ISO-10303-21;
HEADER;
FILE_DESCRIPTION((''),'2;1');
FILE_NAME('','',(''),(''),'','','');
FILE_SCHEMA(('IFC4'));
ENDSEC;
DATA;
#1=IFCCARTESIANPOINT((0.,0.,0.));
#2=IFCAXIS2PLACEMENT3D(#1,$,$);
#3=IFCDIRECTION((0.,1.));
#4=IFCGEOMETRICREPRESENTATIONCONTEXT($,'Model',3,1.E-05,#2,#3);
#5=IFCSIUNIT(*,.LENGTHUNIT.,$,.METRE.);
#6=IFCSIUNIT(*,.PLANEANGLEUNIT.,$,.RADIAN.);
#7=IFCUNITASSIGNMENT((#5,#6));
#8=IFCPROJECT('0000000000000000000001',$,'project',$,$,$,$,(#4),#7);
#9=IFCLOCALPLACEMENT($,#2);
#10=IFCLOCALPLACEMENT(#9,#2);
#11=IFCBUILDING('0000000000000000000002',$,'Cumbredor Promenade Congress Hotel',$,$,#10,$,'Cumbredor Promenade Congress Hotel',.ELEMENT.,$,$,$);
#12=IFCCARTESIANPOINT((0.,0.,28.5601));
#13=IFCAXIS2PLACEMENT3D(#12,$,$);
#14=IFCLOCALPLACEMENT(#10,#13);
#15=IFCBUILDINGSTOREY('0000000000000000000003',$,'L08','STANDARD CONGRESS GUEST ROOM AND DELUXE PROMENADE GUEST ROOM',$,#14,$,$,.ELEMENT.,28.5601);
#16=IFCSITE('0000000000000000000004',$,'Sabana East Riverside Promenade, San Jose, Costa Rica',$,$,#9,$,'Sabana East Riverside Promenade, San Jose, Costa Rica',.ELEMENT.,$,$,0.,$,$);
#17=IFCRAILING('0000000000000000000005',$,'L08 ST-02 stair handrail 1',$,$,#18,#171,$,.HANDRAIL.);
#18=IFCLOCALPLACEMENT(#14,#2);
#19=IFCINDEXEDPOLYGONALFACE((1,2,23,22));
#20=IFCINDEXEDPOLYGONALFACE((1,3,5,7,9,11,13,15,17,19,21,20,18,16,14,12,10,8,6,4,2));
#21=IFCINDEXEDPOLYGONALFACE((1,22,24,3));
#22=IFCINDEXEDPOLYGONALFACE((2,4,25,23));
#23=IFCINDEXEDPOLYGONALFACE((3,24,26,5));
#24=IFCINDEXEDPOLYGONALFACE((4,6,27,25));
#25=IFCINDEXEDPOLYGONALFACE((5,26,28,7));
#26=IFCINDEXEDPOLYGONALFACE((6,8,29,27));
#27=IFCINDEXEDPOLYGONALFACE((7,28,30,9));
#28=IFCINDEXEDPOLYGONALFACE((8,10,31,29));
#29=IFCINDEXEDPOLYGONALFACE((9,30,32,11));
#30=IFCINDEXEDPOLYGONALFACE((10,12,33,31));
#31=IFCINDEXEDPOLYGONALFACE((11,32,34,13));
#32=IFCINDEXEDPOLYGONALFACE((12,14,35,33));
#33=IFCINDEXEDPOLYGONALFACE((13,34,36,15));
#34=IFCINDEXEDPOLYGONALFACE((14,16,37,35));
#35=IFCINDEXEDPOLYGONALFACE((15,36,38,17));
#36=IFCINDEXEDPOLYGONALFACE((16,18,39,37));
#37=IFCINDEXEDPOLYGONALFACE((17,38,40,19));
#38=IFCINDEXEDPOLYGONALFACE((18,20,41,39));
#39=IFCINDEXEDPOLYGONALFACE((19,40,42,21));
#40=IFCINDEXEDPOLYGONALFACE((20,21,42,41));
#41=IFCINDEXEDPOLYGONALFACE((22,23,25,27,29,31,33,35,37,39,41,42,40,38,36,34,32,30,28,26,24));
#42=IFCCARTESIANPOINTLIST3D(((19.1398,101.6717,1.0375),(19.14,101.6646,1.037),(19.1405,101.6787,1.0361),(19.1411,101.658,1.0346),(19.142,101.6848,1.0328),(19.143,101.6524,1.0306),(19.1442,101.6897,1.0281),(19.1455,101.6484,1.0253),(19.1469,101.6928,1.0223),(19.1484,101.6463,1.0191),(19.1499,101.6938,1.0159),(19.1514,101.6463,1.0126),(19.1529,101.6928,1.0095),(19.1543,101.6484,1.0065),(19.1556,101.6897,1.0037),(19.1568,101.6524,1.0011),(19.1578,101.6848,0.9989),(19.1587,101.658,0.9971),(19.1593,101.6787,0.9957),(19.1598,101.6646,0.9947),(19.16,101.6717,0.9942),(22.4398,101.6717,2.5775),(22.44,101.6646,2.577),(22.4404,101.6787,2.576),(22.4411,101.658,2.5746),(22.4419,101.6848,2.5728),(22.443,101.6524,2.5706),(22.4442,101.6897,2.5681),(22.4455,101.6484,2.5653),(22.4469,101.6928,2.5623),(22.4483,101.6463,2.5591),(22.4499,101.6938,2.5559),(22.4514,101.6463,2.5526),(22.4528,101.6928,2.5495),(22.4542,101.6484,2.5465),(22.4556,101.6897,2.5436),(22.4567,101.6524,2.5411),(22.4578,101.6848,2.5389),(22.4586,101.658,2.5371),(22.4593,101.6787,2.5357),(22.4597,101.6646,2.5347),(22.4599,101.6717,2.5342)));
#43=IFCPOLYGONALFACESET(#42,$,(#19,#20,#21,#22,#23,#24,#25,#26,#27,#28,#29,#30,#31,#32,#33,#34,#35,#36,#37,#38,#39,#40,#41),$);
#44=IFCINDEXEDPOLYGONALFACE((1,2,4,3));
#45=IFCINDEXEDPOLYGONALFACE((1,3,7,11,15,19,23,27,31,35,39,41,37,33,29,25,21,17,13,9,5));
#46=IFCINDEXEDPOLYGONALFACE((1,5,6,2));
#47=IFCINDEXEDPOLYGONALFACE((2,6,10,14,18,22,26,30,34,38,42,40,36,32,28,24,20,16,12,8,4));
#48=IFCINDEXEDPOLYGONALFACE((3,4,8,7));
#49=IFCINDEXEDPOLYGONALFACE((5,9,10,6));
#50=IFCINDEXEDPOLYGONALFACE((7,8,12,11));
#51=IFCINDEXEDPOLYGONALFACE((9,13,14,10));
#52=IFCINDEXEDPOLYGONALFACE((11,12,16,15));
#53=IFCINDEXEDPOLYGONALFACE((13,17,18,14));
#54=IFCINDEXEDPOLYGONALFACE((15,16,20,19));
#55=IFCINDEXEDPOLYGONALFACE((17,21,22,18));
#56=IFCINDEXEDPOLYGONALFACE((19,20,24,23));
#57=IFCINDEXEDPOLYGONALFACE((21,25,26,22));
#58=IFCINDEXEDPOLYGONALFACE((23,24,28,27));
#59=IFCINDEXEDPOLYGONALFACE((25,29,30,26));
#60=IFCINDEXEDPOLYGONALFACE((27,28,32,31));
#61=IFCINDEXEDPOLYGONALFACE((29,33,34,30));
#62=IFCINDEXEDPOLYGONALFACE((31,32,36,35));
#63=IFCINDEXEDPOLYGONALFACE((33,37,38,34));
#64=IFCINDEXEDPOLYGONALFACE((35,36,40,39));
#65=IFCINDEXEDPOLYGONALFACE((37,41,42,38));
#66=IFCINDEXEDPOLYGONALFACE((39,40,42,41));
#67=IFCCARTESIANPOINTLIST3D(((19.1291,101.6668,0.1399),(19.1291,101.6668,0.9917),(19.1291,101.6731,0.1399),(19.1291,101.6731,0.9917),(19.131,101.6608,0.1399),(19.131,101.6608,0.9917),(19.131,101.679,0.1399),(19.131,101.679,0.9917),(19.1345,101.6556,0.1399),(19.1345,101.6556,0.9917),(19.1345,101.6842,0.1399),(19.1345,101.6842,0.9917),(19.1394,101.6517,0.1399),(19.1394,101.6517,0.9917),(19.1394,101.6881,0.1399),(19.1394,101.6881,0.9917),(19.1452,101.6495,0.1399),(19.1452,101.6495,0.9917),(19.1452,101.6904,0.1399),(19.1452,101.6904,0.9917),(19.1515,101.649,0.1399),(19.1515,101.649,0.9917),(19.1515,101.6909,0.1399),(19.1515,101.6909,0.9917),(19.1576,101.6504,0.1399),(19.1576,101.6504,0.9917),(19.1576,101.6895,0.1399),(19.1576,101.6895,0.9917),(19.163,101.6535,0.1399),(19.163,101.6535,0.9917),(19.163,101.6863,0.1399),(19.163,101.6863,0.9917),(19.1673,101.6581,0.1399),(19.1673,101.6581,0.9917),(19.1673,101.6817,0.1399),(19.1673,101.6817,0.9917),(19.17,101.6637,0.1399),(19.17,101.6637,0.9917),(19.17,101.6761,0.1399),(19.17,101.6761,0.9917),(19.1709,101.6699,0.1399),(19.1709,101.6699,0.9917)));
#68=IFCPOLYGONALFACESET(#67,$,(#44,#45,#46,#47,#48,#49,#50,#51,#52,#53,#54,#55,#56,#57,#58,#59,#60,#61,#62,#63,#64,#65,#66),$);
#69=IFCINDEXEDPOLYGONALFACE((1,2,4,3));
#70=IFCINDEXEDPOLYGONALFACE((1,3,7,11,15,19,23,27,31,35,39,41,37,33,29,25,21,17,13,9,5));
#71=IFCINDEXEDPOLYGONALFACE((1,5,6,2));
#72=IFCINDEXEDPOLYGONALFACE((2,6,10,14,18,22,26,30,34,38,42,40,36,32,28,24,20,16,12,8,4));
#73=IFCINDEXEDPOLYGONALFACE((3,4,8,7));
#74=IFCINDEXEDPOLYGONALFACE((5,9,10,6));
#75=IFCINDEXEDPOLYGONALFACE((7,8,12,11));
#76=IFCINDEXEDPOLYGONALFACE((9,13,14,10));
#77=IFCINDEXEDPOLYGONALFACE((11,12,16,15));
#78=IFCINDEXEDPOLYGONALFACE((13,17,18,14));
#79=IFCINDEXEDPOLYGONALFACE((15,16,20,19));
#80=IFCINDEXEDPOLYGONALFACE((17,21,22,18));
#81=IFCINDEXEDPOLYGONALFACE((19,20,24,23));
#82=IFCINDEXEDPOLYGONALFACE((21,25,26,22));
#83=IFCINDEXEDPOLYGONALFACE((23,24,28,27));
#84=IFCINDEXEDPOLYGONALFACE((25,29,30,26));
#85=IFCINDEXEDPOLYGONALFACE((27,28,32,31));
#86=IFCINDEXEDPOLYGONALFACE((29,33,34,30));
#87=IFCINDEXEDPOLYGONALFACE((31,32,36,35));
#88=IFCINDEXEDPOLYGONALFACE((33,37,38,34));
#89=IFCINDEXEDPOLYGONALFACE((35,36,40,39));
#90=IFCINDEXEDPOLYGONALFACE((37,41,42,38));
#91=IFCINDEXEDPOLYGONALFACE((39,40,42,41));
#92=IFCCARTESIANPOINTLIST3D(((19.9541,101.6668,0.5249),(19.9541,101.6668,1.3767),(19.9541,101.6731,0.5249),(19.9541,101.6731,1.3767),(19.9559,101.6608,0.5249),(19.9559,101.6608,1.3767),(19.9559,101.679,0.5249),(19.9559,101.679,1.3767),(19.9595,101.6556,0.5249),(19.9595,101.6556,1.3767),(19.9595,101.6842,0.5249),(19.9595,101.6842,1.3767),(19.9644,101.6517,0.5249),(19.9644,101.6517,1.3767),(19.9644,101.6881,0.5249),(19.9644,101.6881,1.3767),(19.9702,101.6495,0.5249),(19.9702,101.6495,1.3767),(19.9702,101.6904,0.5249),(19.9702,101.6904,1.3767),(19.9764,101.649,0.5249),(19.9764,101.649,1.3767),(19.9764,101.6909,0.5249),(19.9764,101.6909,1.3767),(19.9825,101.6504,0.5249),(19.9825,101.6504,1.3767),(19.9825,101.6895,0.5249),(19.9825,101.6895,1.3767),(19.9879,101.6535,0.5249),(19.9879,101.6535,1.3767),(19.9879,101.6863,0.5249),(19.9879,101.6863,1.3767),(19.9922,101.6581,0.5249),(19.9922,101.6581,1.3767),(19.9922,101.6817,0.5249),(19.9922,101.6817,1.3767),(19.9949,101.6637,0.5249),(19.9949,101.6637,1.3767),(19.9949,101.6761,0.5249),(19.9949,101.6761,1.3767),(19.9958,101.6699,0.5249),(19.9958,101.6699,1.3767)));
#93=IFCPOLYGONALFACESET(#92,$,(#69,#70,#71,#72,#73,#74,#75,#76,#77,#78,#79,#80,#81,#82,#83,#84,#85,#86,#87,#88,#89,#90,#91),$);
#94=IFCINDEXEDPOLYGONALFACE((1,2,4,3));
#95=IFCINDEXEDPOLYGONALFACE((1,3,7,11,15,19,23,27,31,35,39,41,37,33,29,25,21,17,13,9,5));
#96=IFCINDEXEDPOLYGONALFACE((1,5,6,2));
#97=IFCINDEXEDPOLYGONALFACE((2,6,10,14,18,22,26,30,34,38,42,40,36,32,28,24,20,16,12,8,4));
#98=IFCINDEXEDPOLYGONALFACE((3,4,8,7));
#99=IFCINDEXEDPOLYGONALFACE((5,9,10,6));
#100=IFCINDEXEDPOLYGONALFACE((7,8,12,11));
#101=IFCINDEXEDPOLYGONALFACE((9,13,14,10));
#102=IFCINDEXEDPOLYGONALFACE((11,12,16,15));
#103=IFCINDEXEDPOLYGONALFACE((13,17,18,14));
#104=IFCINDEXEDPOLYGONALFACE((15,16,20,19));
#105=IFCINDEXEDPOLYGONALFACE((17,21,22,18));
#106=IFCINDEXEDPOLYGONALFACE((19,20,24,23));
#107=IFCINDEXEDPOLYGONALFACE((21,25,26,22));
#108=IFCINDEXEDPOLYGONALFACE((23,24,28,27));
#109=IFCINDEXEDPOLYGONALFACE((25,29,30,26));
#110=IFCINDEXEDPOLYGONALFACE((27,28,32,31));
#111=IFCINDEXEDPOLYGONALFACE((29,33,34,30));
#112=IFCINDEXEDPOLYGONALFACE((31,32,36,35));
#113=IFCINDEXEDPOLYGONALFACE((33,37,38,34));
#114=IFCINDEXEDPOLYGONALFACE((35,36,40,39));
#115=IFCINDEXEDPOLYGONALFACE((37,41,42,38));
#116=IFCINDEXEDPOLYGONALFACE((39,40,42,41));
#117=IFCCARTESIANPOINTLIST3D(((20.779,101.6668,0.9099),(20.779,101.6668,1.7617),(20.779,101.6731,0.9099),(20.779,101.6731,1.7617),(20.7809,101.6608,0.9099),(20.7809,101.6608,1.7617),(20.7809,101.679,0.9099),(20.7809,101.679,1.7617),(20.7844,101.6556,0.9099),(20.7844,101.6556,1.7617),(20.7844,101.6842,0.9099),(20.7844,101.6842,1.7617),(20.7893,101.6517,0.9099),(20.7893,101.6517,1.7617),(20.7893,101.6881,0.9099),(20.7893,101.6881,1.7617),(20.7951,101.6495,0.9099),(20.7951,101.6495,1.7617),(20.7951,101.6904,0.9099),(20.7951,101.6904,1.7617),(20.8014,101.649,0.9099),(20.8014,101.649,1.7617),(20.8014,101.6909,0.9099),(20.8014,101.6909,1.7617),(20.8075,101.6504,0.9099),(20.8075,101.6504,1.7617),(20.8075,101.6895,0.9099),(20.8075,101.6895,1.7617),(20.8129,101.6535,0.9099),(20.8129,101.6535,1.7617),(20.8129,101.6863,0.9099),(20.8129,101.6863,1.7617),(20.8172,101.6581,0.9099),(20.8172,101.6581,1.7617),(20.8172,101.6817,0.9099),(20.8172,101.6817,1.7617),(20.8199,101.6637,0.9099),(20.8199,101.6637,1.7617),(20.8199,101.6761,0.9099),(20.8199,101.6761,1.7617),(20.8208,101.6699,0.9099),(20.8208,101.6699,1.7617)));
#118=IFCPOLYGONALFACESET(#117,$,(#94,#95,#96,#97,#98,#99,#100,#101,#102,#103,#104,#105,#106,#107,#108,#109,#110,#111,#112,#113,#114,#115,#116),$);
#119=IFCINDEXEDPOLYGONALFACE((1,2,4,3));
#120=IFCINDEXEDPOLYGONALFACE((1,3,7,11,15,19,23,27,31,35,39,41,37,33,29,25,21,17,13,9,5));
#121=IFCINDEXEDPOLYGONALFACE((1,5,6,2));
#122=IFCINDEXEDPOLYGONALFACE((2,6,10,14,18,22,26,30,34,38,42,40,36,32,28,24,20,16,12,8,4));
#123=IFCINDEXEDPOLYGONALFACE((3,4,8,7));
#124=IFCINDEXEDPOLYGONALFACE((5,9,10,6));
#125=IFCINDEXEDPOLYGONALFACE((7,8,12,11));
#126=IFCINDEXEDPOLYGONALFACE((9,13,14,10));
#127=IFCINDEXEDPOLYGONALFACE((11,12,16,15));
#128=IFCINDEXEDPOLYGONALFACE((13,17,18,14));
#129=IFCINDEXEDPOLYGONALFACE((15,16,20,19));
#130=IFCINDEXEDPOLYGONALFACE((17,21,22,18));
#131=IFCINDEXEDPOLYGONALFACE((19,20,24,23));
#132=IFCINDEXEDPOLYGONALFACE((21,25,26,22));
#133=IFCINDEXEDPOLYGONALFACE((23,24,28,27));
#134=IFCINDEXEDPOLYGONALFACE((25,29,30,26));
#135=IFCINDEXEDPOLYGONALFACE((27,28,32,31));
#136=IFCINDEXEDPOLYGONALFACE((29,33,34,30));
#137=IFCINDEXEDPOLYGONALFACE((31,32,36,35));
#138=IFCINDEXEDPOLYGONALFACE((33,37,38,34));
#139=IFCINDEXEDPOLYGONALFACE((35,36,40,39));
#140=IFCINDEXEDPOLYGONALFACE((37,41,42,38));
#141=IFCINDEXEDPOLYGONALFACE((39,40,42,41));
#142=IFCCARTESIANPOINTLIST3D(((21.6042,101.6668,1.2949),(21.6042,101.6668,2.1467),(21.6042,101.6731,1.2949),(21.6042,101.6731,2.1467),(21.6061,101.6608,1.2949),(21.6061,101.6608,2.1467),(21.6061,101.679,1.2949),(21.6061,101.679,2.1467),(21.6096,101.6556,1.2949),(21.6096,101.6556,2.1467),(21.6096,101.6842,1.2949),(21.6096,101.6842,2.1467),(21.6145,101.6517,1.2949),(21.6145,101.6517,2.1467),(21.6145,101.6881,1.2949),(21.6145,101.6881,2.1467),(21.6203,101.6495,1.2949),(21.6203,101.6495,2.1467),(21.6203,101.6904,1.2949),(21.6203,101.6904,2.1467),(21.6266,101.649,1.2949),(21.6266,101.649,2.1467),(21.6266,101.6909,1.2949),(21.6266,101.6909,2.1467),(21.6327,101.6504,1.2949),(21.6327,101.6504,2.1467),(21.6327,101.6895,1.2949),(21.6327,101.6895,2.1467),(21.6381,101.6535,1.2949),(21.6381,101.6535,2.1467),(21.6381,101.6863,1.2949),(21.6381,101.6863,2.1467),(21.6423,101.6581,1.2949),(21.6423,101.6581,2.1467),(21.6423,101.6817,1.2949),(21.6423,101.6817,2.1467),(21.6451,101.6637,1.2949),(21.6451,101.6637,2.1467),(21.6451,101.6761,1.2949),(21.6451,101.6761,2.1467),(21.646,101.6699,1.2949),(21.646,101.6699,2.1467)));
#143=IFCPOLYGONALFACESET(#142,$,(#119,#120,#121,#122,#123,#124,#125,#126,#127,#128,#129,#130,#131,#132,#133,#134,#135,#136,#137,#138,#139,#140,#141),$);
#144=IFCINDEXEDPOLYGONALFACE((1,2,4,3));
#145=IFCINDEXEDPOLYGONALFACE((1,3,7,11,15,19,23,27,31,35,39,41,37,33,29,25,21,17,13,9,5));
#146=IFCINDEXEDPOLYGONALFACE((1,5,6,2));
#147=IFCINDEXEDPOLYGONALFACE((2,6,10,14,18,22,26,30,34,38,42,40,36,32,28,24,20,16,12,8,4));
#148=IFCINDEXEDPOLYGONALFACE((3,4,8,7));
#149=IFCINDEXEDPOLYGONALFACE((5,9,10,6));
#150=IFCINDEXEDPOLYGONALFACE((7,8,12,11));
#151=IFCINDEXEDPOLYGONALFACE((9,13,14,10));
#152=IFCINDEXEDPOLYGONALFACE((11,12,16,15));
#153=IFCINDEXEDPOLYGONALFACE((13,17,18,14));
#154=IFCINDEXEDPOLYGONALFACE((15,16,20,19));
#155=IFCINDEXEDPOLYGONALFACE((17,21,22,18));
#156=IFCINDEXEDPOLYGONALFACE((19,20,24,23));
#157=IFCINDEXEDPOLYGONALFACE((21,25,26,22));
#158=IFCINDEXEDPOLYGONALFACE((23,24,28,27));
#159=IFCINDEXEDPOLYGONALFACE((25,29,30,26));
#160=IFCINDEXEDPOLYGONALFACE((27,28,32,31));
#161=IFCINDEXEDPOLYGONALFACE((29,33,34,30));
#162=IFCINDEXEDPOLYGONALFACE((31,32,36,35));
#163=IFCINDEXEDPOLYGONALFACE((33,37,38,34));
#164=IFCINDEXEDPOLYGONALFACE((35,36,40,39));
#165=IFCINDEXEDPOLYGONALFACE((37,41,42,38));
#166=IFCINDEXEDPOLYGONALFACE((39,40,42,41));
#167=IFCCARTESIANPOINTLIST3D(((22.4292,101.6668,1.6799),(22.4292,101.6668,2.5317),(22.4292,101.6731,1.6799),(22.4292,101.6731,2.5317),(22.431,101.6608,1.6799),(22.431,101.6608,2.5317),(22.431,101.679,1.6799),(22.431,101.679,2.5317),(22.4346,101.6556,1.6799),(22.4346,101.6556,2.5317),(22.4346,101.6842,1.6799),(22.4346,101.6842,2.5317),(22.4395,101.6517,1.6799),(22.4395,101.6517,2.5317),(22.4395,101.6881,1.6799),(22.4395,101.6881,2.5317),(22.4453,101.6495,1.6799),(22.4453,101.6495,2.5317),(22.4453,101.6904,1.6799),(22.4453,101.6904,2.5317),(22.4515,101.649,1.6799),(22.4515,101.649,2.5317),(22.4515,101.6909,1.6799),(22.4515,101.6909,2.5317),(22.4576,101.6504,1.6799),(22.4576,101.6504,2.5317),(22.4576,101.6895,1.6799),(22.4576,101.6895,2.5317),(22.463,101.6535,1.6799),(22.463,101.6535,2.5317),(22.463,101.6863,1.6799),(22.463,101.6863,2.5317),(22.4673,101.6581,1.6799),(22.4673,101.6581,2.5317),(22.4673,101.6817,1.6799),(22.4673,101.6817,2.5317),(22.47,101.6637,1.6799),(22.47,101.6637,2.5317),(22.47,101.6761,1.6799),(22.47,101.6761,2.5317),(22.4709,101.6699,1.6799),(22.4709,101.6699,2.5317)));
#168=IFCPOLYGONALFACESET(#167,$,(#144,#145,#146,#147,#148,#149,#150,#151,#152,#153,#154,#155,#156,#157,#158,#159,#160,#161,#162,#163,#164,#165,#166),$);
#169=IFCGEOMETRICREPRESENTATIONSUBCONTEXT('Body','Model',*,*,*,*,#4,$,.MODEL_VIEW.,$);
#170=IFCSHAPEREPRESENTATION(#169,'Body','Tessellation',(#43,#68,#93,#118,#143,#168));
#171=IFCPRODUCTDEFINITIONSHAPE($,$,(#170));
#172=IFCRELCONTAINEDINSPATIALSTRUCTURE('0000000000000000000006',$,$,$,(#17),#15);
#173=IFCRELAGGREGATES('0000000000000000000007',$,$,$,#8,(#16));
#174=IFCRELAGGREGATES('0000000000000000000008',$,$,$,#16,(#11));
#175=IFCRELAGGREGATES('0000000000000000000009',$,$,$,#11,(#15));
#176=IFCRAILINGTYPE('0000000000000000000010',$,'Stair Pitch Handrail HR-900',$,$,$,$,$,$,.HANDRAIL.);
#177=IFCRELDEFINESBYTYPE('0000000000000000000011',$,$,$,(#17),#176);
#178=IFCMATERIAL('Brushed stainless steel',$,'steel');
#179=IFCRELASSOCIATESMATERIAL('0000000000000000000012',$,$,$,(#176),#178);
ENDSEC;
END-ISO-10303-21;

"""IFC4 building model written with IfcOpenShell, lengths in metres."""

from ifc_helpers import new_model, si_unit, direction, frame, origin, origin_2d, place, context, subcontext, project, spatial, circle, extrude, material, type_object, element, save


model = new_model("IFC4")

# Units and contexts
model_context = context("Model", 3, precision=1e-05, world=origin(), true_north=direction((0.0, 1.0)))
body_context = subcontext(model_context, "Body", "Model", "MODEL_VIEW")
ifc_project = project(units=[si_unit("LENGTHUNIT", "METRE"), si_unit("PLANEANGLEUNIT", "RADIAN")], contexts=[model_context])

# Site, building, storey
site_placement = place(None, origin())
site = spatial("IfcSite", under=ifc_project, at=site_placement, Name="Sabana East Riverside Promenade, San Jose, Costa Rica", LongName="Sabana East Riverside Promenade, San Jose, Costa Rica", CompositionType="ELEMENT", RefElevation=0.0)
building_placement = place(site_placement, origin())
building = spatial("IfcBuilding", under=site, at=building_placement, Name="Cumbredor Promenade Congress Hotel", LongName="Cumbredor Promenade Congress Hotel", CompositionType="ELEMENT")
storey_placement = place(building_placement, frame((0.0, 0.0, 28.5601)))
storey = spatial("IfcBuildingStorey", under=building, at=storey_placement, Name="L08", Description="STANDARD CONGRESS GUEST ROOM AND DELUXE PROMENADE GUEST ROOM", CompositionType="ELEMENT", Elevation=28.5601)

# Shared definitions
ifc_material_1 = material(Name="Brushed stainless steel", Category="steel")

# Railing
railing_type_1 = type_object("IfcRailingType", Name="Stair Pitch Handrail HR-900", PredefinedType="HANDRAIL", material=ifc_material_1)
railing_1_placement = place(storey_placement, frame((19.1499, 101.6699, 0.1399)))
element("IfcRailing", 1, at=railing_1_placement, inside=storey, type_object=railing_type_1, Name="L08 ST-02 stair handrail 1", PredefinedType="HANDRAIL", context=body_context, shape_type="SweptSolid", body=[
    extrude(circle(Radius=0.0239, at=origin_2d()), frame((0.0, 0.0, 0.876), z_axis=(0.906181, 0.0, 0.422889), x_axis=(0.0, 1.0, 0.0)), (0.0, 0.0, 1.0), 3.6416),
    extrude(circle(Radius=0.021, at=origin_2d()), origin(), (0.0, 0.0, 1.0), 0.8518),
    extrude(circle(Radius=0.021, at=origin_2d()), frame((0.825, 0.0, 0.385)), (0.0, 0.0, 1.0), 0.8518),
    extrude(circle(Radius=0.021, at=origin_2d()), frame((1.6499, 0.0, 0.77)), (0.0, 0.0, 1.0), 0.8518),
    extrude(circle(Radius=0.021, at=origin_2d()), frame((2.4751, 0.0, 1.155)), (0.0, 0.0, 1.0), 0.8518),
    extrude(circle(Radius=0.021, at=origin_2d()), frame((3.3, 0.0, 1.54)), (0.0, 0.0, 1.0), 0.8518),
])

save(model, "model.ifc")
